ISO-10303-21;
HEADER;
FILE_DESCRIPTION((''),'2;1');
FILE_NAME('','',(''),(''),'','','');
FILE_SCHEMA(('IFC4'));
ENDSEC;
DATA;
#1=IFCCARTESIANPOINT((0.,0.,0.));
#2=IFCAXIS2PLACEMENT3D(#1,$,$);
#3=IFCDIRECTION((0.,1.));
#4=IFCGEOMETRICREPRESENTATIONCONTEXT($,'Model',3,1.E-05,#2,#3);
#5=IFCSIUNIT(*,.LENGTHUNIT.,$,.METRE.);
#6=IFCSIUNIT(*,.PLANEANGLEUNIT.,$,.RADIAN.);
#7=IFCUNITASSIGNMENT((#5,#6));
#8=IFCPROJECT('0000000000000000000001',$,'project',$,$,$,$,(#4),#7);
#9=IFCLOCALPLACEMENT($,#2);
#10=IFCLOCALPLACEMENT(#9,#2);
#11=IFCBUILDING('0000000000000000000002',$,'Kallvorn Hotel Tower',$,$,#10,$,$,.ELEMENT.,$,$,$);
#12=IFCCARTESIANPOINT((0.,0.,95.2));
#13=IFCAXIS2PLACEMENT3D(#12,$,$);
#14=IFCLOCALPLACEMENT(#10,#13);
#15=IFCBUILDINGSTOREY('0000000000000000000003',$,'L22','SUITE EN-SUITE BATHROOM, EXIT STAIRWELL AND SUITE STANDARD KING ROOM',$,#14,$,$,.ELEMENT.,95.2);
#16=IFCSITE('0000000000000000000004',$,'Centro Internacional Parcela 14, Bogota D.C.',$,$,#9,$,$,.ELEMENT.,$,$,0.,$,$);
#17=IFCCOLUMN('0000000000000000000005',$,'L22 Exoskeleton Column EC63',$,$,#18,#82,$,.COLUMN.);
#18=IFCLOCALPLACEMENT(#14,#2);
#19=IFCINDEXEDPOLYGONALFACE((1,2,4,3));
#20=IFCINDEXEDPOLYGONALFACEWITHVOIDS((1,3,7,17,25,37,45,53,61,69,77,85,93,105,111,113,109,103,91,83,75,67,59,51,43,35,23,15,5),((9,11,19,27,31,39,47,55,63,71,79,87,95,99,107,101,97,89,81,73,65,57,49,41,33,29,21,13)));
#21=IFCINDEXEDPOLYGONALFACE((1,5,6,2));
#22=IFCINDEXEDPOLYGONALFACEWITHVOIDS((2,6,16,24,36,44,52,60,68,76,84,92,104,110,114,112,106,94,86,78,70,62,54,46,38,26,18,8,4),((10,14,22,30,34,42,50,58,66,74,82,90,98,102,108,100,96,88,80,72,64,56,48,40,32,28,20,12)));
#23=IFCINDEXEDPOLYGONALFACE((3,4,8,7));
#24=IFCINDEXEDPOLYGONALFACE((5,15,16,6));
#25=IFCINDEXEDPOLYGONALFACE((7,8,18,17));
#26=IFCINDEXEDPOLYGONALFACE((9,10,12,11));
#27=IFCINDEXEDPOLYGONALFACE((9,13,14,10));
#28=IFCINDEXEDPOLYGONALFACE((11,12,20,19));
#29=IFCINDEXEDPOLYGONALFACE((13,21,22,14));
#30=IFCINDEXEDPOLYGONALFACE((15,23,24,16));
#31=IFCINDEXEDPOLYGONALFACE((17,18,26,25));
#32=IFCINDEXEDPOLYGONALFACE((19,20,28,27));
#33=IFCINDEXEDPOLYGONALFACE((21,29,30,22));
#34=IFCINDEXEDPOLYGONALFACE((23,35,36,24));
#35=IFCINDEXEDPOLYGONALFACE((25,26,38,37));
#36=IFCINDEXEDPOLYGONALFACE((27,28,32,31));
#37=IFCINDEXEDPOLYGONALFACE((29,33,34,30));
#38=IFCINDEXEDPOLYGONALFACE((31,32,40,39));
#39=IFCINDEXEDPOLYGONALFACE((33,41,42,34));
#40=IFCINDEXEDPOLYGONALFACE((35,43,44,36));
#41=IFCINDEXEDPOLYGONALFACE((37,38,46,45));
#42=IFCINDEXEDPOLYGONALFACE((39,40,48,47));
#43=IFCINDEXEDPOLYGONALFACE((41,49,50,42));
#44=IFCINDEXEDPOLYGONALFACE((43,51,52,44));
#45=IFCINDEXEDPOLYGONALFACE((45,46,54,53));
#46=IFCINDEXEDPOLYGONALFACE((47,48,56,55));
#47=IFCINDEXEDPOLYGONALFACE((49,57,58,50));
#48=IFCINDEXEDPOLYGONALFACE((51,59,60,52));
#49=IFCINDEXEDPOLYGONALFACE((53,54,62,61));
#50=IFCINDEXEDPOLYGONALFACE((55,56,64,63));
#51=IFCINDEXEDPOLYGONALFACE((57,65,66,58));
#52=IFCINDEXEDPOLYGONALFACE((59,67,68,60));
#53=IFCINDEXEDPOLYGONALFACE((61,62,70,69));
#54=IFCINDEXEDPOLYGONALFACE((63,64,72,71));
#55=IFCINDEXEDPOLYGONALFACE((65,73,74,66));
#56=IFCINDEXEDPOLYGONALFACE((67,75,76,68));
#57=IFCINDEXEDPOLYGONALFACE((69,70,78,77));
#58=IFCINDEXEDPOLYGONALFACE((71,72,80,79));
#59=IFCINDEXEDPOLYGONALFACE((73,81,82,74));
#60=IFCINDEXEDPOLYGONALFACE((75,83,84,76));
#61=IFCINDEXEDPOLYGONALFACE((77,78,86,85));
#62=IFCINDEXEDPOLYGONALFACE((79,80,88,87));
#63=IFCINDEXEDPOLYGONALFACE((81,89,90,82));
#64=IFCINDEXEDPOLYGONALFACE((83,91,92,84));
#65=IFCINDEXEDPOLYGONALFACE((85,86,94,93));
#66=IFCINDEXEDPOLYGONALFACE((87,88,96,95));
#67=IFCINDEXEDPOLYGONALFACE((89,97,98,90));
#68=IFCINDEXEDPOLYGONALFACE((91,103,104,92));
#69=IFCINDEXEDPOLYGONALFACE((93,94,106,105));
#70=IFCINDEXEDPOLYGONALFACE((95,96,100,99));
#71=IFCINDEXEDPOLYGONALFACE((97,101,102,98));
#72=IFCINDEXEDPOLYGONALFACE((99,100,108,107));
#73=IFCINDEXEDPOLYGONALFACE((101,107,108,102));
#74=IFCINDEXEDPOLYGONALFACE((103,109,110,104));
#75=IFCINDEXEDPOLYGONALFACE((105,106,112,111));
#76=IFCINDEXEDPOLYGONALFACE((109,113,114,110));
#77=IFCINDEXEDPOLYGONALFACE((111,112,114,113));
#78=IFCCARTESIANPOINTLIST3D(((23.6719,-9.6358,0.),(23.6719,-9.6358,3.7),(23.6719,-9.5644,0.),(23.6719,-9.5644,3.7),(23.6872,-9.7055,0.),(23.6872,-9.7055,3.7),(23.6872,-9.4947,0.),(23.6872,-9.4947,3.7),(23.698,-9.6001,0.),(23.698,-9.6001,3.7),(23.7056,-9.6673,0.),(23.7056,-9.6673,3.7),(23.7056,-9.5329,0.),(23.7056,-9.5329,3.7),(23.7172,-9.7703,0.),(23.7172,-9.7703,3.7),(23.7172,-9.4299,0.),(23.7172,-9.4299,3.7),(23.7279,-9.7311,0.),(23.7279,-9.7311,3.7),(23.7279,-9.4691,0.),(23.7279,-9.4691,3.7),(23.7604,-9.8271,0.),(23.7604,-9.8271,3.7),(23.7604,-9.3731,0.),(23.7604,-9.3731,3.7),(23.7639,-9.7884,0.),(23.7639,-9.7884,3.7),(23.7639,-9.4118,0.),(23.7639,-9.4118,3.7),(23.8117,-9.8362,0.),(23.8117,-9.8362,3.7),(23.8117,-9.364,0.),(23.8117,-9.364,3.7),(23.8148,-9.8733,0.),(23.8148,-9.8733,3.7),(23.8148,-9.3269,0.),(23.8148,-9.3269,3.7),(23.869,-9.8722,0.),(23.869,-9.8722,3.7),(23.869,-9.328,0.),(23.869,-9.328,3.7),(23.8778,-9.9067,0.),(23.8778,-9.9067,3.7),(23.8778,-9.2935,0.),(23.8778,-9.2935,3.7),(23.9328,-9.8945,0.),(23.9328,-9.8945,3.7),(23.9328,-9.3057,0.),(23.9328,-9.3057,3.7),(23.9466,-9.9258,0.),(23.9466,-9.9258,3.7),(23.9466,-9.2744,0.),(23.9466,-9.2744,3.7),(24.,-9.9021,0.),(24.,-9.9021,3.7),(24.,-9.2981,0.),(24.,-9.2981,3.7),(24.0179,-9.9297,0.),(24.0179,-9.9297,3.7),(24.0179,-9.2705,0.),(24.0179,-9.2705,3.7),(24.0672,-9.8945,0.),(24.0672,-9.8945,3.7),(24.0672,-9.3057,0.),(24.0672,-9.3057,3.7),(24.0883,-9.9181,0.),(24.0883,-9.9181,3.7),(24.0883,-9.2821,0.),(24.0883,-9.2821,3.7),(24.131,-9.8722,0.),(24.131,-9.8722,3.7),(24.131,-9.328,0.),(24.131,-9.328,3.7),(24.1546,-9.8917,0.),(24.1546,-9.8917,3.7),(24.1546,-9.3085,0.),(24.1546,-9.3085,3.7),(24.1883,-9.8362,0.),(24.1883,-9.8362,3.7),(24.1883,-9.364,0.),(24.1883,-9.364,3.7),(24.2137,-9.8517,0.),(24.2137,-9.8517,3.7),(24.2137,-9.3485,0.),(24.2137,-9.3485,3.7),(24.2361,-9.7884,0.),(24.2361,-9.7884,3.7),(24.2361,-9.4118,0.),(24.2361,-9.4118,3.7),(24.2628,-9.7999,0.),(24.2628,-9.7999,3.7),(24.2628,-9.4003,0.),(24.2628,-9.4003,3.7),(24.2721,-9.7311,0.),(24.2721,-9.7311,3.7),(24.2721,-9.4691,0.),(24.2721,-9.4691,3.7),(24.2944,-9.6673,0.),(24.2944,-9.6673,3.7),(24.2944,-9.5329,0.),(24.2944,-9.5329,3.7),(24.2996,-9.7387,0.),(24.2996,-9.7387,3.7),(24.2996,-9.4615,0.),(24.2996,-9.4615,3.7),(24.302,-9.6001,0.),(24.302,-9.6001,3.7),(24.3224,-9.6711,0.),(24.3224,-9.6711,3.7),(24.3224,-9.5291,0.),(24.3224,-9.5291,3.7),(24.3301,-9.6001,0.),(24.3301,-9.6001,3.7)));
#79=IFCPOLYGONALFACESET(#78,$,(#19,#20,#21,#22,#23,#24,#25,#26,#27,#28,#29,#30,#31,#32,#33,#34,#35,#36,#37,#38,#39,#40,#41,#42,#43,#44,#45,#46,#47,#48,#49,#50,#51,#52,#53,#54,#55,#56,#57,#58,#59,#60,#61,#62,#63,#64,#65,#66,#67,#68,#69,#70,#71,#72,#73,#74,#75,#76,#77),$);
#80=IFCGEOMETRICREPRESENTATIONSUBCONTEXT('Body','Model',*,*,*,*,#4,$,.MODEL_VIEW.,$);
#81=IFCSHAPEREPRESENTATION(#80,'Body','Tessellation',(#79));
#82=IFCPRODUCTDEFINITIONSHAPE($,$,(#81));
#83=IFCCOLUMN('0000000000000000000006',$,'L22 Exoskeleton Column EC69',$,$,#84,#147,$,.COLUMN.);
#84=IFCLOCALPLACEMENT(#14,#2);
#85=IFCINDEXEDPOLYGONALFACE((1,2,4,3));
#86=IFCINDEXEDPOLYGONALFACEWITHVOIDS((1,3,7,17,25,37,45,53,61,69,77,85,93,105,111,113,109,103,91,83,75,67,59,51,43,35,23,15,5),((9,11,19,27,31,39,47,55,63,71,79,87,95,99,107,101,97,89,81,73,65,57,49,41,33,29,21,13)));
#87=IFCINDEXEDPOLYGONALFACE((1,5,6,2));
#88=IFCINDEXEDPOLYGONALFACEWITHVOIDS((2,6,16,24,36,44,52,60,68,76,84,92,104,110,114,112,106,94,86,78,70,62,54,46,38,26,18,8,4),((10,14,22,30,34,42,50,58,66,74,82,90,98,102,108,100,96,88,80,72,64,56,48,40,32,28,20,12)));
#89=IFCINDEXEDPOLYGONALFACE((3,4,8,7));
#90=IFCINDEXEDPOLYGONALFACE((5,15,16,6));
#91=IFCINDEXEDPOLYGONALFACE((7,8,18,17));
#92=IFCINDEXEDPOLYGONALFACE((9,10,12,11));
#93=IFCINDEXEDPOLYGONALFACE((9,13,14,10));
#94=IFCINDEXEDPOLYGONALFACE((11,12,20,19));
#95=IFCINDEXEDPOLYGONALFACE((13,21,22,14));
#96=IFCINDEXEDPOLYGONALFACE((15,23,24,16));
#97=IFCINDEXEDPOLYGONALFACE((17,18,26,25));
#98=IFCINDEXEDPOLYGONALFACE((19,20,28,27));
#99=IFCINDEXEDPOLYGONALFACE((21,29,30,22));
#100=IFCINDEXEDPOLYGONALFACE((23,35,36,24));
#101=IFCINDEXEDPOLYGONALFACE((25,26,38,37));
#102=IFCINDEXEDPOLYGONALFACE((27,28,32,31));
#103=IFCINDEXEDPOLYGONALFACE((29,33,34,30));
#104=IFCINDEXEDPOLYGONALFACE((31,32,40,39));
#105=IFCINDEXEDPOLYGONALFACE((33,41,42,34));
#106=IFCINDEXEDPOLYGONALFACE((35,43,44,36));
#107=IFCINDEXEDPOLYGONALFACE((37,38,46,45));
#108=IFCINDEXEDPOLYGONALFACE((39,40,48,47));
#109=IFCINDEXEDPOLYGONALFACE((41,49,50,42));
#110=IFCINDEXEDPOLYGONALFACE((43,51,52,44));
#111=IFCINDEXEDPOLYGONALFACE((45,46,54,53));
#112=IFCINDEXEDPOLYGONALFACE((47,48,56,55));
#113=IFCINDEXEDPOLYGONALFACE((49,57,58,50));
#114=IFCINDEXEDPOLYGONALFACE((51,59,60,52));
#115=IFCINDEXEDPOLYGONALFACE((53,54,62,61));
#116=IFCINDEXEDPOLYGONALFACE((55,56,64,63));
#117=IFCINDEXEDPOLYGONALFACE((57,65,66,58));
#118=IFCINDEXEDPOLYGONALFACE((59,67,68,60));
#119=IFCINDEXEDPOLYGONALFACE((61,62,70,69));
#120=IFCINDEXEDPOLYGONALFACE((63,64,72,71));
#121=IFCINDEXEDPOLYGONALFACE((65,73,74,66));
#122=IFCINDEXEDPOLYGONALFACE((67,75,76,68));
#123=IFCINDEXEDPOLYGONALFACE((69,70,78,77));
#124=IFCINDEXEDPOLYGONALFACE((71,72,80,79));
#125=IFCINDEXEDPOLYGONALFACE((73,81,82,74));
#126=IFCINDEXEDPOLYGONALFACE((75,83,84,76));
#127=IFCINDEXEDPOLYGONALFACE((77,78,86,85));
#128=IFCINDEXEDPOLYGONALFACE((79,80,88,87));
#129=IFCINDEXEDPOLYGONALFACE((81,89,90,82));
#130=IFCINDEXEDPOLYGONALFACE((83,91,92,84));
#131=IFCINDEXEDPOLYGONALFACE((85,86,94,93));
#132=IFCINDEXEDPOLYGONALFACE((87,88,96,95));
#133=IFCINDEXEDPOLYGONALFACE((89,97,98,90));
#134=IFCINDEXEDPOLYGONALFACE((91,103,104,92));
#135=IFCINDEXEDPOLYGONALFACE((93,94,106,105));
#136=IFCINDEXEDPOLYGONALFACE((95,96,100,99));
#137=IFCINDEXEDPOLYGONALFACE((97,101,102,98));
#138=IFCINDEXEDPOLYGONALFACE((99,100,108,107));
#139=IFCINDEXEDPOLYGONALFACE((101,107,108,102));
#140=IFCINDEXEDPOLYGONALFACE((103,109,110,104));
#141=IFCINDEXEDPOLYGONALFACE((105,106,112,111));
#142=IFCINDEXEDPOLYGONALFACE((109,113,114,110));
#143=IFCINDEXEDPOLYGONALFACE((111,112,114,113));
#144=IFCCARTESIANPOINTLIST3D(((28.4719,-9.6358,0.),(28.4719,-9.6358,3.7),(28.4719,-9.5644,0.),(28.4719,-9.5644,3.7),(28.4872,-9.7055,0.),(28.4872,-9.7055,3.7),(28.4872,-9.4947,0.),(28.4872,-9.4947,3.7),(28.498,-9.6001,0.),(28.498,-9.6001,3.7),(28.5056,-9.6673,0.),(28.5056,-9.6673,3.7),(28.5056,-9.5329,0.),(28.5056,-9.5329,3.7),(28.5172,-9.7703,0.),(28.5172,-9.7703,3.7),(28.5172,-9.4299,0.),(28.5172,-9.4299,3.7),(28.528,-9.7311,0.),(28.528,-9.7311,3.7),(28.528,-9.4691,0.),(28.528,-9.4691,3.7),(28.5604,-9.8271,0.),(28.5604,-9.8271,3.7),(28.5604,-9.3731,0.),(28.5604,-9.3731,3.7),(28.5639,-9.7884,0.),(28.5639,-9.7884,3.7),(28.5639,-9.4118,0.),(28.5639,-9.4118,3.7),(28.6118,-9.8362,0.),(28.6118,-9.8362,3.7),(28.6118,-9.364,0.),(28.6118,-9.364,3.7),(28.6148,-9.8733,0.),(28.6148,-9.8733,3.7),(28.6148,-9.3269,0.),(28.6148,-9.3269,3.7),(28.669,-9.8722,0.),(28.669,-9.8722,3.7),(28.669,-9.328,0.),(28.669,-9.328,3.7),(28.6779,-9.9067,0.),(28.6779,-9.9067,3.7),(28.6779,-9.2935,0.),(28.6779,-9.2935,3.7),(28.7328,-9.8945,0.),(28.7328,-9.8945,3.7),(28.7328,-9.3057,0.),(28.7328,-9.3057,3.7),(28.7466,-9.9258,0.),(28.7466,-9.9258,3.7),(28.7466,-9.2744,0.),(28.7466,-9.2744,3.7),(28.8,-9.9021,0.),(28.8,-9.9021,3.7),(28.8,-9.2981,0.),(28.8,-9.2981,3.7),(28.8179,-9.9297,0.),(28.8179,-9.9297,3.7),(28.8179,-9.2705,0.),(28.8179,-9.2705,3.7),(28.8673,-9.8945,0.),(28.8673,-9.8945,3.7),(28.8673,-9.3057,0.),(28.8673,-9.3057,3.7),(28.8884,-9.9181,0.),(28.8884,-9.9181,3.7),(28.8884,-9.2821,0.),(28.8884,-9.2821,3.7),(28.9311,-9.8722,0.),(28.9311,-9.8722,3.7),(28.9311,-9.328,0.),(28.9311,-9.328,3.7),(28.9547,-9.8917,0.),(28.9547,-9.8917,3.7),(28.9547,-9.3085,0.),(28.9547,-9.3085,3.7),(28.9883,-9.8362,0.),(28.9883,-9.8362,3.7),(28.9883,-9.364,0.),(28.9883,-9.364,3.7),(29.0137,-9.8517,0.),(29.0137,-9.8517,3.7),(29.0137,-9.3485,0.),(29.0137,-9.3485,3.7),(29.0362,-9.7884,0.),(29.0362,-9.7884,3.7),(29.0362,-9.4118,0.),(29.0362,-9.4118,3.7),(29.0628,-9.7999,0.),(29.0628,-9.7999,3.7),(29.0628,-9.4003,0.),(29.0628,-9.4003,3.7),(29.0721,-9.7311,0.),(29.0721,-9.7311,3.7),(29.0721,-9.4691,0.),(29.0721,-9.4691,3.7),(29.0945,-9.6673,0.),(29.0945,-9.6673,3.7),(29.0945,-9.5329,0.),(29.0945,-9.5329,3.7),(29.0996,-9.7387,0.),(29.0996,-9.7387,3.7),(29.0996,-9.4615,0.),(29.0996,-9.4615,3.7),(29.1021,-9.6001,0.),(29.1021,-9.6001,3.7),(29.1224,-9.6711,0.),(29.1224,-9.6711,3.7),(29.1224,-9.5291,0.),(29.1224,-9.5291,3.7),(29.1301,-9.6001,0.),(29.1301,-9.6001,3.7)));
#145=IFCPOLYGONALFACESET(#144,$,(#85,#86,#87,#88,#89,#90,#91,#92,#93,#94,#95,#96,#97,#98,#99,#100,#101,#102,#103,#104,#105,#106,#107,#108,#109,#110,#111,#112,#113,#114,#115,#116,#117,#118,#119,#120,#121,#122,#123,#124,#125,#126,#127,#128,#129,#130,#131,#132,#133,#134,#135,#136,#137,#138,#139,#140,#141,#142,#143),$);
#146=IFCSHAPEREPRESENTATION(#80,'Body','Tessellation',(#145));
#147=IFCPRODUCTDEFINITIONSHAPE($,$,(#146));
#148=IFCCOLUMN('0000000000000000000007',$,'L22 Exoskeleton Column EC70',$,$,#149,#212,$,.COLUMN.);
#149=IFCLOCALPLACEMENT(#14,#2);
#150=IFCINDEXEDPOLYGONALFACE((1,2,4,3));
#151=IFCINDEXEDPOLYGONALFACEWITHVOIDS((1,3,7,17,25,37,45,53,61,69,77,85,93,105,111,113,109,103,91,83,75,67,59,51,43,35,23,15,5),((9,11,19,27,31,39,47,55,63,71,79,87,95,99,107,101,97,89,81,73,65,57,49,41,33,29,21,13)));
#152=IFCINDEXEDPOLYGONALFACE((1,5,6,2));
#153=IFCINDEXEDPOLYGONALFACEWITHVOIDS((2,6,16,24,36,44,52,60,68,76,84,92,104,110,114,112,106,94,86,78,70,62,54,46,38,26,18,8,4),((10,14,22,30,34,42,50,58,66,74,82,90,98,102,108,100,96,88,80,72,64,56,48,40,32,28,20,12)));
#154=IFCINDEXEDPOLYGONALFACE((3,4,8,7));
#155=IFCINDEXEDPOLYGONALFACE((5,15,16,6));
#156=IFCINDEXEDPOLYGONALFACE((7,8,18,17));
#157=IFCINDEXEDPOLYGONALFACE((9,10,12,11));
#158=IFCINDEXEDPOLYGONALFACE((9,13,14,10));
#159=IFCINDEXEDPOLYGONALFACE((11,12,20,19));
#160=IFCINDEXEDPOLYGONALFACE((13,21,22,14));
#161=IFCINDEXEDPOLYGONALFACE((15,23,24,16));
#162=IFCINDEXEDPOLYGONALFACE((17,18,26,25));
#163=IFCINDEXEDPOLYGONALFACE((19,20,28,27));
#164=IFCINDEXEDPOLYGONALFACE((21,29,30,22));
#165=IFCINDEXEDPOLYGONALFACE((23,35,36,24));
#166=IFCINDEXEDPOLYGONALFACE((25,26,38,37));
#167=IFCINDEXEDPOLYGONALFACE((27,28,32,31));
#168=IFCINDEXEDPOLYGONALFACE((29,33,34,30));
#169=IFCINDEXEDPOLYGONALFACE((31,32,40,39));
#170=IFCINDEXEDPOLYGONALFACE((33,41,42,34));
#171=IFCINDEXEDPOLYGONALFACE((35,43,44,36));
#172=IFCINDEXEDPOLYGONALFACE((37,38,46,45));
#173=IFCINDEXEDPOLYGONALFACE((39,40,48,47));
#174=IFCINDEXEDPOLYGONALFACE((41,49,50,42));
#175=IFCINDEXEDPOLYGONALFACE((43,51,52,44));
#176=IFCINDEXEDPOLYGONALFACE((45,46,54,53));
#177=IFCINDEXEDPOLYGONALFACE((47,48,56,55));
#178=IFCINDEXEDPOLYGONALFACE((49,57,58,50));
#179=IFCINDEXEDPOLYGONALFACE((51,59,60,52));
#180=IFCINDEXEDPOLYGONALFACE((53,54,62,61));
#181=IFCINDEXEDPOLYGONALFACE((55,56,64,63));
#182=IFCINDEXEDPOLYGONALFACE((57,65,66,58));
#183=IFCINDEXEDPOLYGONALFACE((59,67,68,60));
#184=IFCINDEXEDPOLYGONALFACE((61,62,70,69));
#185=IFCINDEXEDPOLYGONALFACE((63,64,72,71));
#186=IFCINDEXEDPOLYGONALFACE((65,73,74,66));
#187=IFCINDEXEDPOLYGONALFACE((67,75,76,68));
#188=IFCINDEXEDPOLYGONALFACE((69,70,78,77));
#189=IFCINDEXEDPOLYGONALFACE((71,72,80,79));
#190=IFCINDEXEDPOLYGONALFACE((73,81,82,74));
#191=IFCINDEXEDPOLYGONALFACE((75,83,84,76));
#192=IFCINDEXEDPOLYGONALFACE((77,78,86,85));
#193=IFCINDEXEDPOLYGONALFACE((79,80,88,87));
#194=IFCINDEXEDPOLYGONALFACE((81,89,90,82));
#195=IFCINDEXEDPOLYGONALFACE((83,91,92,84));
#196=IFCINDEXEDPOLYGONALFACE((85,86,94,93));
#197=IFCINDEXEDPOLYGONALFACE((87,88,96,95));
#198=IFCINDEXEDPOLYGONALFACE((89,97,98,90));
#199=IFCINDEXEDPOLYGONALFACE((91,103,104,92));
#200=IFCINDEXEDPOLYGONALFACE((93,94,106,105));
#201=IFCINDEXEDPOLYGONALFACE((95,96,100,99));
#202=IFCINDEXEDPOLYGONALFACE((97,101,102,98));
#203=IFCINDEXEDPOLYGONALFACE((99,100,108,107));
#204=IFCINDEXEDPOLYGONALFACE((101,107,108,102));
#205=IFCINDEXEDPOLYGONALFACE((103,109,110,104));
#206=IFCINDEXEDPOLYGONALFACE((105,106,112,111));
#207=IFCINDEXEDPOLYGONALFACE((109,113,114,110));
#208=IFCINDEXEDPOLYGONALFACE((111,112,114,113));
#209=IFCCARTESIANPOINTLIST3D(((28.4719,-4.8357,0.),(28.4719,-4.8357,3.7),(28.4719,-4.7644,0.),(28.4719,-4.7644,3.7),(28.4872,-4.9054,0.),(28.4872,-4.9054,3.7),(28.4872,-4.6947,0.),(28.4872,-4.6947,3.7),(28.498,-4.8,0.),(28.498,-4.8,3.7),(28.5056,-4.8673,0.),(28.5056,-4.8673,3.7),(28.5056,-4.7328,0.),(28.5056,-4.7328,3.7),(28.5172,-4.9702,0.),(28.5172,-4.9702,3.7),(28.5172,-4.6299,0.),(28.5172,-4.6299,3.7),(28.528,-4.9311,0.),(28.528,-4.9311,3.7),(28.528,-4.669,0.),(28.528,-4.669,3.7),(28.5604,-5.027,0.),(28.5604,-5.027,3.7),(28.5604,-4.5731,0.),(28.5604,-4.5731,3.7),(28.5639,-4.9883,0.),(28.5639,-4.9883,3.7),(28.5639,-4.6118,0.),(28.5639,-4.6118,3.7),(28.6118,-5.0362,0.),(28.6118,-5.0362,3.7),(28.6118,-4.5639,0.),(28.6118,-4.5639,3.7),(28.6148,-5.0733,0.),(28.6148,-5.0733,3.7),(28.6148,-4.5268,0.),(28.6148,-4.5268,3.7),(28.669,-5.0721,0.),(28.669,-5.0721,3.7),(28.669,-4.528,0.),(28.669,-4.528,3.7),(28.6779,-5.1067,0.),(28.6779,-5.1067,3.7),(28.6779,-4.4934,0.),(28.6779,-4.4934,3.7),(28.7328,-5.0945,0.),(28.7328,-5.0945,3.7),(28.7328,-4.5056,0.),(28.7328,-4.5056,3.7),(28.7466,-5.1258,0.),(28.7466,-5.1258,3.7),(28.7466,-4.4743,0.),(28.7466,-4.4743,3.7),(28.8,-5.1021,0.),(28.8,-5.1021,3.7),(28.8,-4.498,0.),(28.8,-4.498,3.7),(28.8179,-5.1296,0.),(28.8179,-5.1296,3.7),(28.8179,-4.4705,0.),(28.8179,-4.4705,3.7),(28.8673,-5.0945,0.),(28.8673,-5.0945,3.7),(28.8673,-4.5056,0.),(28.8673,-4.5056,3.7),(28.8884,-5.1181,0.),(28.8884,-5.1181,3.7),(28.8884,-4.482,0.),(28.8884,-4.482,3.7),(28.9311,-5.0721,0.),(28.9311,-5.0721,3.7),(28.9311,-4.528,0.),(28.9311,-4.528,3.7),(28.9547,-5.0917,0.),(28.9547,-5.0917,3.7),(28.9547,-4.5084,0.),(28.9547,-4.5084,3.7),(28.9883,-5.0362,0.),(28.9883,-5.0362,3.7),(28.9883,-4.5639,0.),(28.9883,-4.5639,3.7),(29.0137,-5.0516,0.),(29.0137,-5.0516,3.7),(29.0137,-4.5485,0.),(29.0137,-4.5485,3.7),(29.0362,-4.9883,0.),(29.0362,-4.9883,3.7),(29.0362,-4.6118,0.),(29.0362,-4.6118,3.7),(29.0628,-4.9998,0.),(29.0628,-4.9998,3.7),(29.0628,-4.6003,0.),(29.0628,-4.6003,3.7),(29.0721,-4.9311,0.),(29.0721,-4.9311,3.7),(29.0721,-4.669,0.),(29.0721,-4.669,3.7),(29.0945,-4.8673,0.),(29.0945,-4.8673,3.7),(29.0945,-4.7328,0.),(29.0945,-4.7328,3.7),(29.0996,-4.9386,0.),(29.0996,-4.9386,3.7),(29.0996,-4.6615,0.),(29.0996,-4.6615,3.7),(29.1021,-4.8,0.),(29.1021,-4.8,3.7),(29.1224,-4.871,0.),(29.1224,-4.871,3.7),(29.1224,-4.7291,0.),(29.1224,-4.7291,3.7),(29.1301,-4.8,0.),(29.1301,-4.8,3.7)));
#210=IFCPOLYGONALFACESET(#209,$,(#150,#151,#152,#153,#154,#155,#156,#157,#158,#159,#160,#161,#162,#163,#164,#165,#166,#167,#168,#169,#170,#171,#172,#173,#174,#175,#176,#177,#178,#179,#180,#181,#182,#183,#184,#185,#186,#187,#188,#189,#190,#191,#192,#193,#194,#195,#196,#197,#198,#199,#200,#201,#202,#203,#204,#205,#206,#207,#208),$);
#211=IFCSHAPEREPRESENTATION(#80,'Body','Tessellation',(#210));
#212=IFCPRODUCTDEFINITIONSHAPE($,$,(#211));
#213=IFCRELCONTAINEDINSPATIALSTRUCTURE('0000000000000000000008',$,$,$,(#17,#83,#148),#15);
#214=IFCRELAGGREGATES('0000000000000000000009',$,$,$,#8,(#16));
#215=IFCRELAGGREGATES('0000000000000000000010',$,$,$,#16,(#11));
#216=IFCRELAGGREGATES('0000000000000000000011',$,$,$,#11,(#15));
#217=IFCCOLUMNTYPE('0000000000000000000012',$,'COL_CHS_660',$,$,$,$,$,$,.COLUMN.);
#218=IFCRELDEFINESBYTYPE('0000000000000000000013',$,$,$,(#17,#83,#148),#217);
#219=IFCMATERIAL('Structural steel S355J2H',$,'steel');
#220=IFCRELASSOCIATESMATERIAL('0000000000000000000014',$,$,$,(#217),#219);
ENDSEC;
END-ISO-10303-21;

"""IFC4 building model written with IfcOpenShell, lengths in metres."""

from ifc_helpers import new_model, si_unit, direction, frame, origin, origin_2d, place, context, subcontext, project, spatial, hollow_circle, extrude, material, material_profile, profile_set, type_object, element, save


model = new_model("IFC4")

# Units and contexts
model_context = context("Model", 3, precision=1e-05, world=origin(), true_north=direction((0.0, 1.0)))
body_context = subcontext(model_context, "Body", "Model", "MODEL_VIEW")
ifc_project = project(units=[si_unit("LENGTHUNIT", "METRE"), si_unit("PLANEANGLEUNIT", "RADIAN")], contexts=[model_context])

# Site, building, storey
site_placement = place(None, origin())
site = spatial("IfcSite", under=ifc_project, at=site_placement, Name="Centro Internacional Parcela 14, Bogota D.C.", CompositionType="ELEMENT", RefElevation=0.0)
building_placement = place(site_placement, origin())
building = spatial("IfcBuilding", under=site, at=building_placement, Name="Kallvorn Hotel Tower", CompositionType="ELEMENT")
storey_placement = place(building_placement, frame((0.0, 0.0, 95.2)))
storey = spatial("IfcBuildingStorey", under=building, at=storey_placement, Name="L22", Description="SUITE EN-SUITE BATHROOM, EXIT STAIRWELL AND SUITE STANDARD KING ROOM", CompositionType="ELEMENT", Elevation=95.2)

# Columns
ifc_material_1 = material(Name="Structural steel S355J2H", Category="steel")
ifc_material_profile_1 = material_profile(ifc_material_1, hollow_circle(Radius=0.3301, WallThickness=0.0281, at=origin_2d()), Name="CHS 660x28")
ifc_profile_set_1 = profile_set([ifc_material_profile_1], Name="Structural steel S355J2H")
column_type_1 = type_object("IfcColumnType", Name="COL_CHS_660", PredefinedType="COLUMN", material=ifc_profile_set_1)
for number, where, z_axis, x_axis, name in (
    (1, (24.0, -9.6001, 0.0), (0.0, 0.0, 1.0), (1.0, 0.0, 0.0), "L22 Exoskeleton Column EC63"),
    (2, (28.8, -9.6001, 0.0), (0.0, 0.0, 1.0), (1.0, 0.0, 0.0), "L22 Exoskeleton Column EC69"),
    (3, (28.8, -4.8, 0.0), (0.0, 0.0, 1.0), (1.0, 0.0, 0.0), "L22 Exoskeleton Column EC70"),
):
    element("IfcColumn", number, at=place(storey_placement, frame(where, z_axis=z_axis, x_axis=x_axis)), inside=storey, type_object=column_type_1, Name=name, PredefinedType="COLUMN", context=body_context, shape_type="SweptSolid", body=[
        extrude(hollow_circle(Radius=0.3301, WallThickness=0.0281, at=origin_2d()), origin(), (0.0, 0.0, 1.0), 3.7),
    ])

save(model, "model.ifc")
